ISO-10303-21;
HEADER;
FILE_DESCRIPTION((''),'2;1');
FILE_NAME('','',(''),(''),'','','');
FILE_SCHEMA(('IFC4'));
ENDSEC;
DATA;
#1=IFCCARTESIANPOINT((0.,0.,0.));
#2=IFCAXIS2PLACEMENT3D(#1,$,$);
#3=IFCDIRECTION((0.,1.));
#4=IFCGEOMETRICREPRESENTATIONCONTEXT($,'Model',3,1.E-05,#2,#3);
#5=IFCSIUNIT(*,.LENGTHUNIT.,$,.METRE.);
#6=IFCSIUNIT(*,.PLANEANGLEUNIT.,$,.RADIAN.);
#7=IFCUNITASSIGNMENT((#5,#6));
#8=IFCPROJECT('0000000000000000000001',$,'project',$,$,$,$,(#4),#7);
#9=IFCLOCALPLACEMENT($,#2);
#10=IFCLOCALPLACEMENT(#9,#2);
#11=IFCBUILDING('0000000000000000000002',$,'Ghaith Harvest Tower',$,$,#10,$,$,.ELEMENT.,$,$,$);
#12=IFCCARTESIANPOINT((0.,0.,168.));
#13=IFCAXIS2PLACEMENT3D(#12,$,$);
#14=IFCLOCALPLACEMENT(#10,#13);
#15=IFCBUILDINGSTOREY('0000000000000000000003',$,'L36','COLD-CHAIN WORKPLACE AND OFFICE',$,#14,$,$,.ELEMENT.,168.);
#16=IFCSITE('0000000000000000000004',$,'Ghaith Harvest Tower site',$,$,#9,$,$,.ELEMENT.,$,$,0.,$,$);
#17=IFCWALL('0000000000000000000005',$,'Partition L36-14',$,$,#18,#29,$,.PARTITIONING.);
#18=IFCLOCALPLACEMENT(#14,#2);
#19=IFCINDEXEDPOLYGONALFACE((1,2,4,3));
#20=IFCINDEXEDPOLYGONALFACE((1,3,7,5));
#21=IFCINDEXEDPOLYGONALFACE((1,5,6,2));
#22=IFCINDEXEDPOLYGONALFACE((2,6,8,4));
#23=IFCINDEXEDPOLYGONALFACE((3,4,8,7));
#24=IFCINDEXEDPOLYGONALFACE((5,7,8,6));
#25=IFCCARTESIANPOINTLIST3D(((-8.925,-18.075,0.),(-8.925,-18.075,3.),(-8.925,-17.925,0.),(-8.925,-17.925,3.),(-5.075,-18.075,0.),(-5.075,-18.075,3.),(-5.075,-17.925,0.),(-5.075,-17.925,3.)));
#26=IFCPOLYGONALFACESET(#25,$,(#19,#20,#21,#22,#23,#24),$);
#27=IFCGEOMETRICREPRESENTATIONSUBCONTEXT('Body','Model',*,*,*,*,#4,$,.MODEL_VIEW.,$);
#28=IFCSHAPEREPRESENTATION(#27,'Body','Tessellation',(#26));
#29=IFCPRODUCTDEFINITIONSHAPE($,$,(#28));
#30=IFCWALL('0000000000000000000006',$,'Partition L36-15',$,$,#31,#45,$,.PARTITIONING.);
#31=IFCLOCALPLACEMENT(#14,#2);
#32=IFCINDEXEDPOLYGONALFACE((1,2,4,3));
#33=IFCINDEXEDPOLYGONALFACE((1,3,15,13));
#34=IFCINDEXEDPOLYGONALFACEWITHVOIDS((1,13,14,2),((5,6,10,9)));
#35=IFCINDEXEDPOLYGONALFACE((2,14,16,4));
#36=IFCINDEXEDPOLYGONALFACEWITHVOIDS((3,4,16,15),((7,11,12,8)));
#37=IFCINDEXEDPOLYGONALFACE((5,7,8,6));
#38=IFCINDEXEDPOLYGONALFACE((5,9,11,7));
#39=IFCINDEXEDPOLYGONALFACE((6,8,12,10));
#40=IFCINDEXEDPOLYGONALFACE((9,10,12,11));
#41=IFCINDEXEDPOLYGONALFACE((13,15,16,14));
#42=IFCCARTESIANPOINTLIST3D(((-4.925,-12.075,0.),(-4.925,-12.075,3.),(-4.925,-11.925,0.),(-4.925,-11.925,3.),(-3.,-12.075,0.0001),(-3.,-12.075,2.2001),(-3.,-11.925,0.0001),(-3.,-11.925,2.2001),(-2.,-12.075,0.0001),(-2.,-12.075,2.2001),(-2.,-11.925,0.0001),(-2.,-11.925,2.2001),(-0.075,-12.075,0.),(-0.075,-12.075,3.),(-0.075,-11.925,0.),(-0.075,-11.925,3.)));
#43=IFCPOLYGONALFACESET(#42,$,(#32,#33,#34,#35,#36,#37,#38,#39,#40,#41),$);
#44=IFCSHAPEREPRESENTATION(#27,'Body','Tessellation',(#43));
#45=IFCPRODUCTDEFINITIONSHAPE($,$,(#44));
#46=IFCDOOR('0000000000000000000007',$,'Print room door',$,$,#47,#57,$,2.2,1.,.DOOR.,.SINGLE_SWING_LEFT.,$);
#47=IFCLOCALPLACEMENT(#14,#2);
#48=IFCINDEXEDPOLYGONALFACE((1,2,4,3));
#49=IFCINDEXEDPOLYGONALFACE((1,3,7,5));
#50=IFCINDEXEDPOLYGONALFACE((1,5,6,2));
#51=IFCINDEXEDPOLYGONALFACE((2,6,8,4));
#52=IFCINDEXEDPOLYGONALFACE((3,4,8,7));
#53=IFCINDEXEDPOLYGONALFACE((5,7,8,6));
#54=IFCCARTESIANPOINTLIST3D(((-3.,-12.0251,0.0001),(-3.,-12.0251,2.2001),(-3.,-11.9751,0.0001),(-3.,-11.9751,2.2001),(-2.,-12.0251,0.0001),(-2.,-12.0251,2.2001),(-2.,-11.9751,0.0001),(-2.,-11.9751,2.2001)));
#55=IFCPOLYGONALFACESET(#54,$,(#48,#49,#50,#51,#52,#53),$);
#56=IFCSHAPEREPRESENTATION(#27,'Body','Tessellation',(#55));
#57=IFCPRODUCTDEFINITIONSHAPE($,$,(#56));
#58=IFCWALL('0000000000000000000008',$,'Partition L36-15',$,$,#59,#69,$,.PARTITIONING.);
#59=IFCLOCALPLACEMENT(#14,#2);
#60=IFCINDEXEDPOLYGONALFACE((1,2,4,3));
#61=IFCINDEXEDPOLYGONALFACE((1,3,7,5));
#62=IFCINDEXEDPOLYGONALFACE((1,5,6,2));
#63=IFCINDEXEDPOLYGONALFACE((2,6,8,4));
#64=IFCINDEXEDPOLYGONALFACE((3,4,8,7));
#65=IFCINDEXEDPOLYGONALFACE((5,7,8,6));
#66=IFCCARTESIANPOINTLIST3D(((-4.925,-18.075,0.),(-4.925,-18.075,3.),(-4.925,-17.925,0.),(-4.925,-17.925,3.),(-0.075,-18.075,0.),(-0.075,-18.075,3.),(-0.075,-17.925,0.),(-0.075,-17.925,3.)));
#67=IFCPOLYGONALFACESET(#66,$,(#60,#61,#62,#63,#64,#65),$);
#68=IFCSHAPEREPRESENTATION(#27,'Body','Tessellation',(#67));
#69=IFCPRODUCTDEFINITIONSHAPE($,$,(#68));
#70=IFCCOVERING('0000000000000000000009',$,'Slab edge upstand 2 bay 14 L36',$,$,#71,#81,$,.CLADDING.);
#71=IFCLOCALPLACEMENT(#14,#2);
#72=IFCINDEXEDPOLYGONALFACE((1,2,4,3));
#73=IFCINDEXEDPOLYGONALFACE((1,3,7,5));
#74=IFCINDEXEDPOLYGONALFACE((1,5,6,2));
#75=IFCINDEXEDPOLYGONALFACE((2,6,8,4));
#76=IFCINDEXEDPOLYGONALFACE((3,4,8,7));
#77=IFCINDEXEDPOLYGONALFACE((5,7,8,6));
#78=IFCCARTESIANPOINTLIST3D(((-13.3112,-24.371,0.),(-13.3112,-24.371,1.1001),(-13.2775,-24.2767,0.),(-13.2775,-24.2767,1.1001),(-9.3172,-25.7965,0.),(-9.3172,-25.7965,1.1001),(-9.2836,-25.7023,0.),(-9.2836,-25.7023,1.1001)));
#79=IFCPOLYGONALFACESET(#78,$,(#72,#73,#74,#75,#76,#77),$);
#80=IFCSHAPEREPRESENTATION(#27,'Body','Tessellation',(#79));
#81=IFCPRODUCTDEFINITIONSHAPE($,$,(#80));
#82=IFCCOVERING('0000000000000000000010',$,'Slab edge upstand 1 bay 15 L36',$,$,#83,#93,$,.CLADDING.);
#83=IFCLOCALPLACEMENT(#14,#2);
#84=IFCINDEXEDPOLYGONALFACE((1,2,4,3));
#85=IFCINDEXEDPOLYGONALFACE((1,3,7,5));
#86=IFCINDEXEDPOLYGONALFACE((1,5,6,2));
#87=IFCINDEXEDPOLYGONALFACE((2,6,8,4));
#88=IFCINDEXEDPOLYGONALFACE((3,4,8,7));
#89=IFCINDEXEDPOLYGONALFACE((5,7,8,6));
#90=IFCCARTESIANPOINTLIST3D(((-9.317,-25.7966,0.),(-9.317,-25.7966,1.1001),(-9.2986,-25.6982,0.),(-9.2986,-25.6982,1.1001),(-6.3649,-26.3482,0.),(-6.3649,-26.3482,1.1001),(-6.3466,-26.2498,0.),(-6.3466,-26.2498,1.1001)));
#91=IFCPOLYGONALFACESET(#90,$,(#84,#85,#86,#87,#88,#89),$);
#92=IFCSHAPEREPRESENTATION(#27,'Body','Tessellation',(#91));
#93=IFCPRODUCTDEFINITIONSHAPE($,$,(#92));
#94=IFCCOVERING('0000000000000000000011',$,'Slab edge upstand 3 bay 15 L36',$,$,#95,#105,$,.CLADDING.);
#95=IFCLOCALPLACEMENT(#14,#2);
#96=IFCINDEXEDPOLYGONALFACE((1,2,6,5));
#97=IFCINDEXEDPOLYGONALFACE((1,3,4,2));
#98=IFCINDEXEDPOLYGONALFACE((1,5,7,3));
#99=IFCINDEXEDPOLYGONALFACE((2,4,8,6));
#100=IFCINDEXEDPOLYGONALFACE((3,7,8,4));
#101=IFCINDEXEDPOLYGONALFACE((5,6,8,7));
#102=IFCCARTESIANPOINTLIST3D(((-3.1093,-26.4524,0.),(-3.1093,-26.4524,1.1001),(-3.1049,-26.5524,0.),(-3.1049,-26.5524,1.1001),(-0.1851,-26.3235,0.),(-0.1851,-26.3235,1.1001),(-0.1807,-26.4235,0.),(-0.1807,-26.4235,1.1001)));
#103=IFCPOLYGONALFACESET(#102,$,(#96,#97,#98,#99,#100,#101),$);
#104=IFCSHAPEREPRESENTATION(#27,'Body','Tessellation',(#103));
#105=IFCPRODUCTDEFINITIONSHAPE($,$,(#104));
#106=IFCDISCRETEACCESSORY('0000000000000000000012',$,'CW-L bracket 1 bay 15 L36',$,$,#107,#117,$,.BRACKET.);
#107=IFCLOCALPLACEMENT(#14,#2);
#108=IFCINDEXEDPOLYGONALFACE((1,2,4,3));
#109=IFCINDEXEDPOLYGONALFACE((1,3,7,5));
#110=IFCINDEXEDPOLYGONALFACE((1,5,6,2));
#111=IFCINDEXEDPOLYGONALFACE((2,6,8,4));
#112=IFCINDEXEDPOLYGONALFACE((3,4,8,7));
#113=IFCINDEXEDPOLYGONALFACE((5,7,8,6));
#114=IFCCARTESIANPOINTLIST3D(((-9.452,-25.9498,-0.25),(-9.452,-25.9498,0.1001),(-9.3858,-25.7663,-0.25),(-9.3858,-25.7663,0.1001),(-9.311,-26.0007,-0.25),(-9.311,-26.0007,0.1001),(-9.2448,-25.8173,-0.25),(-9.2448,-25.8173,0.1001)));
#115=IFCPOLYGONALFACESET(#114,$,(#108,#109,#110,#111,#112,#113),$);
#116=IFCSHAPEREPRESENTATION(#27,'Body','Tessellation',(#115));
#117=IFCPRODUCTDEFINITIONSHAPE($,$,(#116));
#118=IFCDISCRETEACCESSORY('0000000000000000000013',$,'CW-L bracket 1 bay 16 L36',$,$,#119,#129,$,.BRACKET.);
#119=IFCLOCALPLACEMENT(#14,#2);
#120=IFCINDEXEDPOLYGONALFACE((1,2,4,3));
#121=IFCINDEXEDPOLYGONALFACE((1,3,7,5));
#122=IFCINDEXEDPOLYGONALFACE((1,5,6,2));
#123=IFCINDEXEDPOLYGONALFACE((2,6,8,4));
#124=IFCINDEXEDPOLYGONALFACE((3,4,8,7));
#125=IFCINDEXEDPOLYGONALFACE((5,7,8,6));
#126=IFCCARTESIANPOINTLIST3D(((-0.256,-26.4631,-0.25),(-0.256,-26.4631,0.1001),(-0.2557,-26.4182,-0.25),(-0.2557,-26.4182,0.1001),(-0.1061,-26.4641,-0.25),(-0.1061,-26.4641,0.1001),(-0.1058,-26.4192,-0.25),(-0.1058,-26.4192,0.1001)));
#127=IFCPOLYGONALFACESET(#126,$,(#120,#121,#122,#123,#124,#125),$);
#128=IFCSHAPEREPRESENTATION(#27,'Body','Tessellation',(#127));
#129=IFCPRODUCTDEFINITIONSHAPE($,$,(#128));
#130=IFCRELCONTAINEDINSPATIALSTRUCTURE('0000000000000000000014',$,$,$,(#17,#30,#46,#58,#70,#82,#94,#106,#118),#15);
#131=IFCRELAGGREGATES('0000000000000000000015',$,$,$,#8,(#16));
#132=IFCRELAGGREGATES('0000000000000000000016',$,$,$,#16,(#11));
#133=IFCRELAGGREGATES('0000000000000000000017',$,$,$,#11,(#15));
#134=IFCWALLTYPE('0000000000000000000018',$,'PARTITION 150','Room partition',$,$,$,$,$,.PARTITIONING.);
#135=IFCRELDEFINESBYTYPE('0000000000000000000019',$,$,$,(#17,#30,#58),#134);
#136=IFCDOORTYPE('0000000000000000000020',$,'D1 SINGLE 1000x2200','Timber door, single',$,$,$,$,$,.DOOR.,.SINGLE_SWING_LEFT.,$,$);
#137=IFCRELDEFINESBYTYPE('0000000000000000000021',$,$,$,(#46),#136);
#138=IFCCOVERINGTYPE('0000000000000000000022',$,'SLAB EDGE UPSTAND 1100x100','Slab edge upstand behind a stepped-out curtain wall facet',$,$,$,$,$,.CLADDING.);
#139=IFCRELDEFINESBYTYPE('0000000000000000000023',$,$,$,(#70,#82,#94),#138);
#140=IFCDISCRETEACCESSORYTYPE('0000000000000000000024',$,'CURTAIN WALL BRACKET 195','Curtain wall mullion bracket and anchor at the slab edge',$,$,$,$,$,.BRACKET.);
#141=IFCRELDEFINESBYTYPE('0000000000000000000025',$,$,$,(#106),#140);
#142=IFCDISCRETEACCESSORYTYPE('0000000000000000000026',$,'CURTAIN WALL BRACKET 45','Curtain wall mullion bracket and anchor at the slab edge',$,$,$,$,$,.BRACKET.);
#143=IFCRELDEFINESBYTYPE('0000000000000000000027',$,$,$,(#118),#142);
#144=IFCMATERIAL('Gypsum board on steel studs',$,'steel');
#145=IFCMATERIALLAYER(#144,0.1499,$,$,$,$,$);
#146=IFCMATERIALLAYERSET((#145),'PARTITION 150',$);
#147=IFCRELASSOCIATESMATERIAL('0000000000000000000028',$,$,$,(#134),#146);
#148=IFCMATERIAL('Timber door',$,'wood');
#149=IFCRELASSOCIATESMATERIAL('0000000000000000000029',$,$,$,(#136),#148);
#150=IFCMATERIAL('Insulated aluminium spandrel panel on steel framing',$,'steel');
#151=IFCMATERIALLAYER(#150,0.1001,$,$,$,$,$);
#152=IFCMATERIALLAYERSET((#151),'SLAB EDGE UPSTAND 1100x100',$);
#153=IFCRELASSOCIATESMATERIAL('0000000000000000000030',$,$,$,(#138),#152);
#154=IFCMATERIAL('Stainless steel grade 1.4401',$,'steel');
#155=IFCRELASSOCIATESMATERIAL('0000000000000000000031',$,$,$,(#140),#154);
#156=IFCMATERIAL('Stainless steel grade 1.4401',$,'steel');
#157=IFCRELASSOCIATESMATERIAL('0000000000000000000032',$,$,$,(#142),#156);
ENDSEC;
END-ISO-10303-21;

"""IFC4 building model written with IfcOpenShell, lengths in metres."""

from ifc_helpers import new_model, si_unit, direction, frame, frame_2d, origin, origin_2d, place, context, subcontext, project, spatial, rectangle, extrude, material, layer, layer_set, type_object, element, fill, save


model = new_model("IFC4")

# Units and contexts
model_context = context("Model", 3, precision=1e-05, world=origin(), true_north=direction((0.0, 1.0)))
body_context = subcontext(model_context, "Body", "Model", "MODEL_VIEW")
ifc_project = project(units=[si_unit("LENGTHUNIT", "METRE"), si_unit("PLANEANGLEUNIT", "RADIAN")], contexts=[model_context])

# Site, building, storey
site_placement = place(None, origin())
site = spatial("IfcSite", under=ifc_project, at=site_placement, Name="Ghaith Harvest Tower site", CompositionType="ELEMENT", RefElevation=0.0)
building_placement = place(site_placement, origin())
building = spatial("IfcBuilding", under=site, at=building_placement, Name="Ghaith Harvest Tower", CompositionType="ELEMENT")
storey_placement = place(building_placement, frame((0.0, 0.0, 168.0)))
storey = spatial("IfcBuildingStorey", under=building, at=storey_placement, Name="L36", Description="COLD-CHAIN WORKPLACE AND OFFICE", CompositionType="ELEMENT", Elevation=168.0)

# Shared definitions
ifc_material_1 = material(Name="Gypsum board on steel studs", Category="steel")
ifc_layer_1 = layer(ifc_material_1, 0.1499)
ifc_layer_set_1 = layer_set([ifc_layer_1], Name="PARTITION 150")
wall_type = type_object("IfcWallType", Name="PARTITION 150", Description="Room partition", PredefinedType="PARTITIONING", material=ifc_layer_set_1)

# Wall
wall_1_placement = place(storey_placement, frame((-8.925, -18.0, 0.0), z_axis=(0.0, 0.0, 1.0), x_axis=(1.0, 0.0, 0.0)))
element("IfcWall", 1, at=wall_1_placement, inside=storey, type_object=wall_type, Name="Partition L36-14", PredefinedType="PARTITIONING", context=body_context, shape_type="SweptSolid", body=[
    extrude(rectangle(XDim=3.8501, YDim=0.1499, at=frame_2d((1.925, 0.0))), origin(), (0.0, 0.0, 1.0), 3.0),
])

# Wall, opening, door
wall_2_placement = place(storey_placement, frame((-4.925, -12.0, 0.0), z_axis=(0.0, 0.0, 1.0), x_axis=(1.0, 0.0, 0.0)))
wall_2 = element("IfcWall", 2, at=wall_2_placement, inside=storey, type_object=wall_type, Name="Partition L36-15", PredefinedType="PARTITIONING", context=body_context, shape_type="SweptSolid", body=[
    extrude(rectangle(XDim=4.8501, YDim=0.1499, at=frame_2d((2.425, 0.0))), origin(), (0.0, 0.0, 1.0), 3.0),
])
opening_1_placement = place(wall_2_placement, frame((1.925, 0.0, 0.0)))
opening_1 = element("IfcOpeningElement", 3, at=opening_1_placement, cuts=wall_2, PredefinedType="OPENING", context=body_context, shape_type="SweptSolid", body=[
    extrude(rectangle(XDim=1.0, YDim=2.2, at=frame_2d((0.5, 1.1001))), frame((0.0, 0.085, 0.0), z_axis=(0.0, -1.0, 0.0), x_axis=(1.0, 0.0, 0.0)), (0.0, 0.0, 1.0), 0.1699),
])
ifc_material_2 = material(Name="Timber door", Category="wood")
door_type_1 = type_object("IfcDoorType", Name="D1 SINGLE 1000x2200", Description="Timber door, single", OperationType="SINGLE_SWING_LEFT", PredefinedType="DOOR", material=ifc_material_2)
door_1_placement = place(opening_1_placement, origin())
door_1 = element("IfcDoor", 4, at=door_1_placement, inside=storey, type_object=door_type_1, Name="Print room door", OperationType="SINGLE_SWING_LEFT", OverallHeight=2.2, OverallWidth=1.0, PredefinedType="DOOR", context=body_context, shape_type="SweptSolid", body=[
    extrude(rectangle(XDim=1.0, YDim=2.2, at=frame_2d((0.5, 1.1001))), frame((0.0, 0.0249, 0.0), z_axis=(0.0, -1.0, 0.0), x_axis=(1.0, 0.0, 0.0)), (0.0, 0.0, 1.0), 0.05),
])
fill(opening_1, door_1)

# Wall
wall_3_placement = place(storey_placement, frame((-4.925, -18.0, 0.0), z_axis=(0.0, 0.0, 1.0), x_axis=(1.0, 0.0, 0.0)))
element("IfcWall", 5, at=wall_3_placement, inside=storey, type_object=wall_type, Name="Partition L36-15", PredefinedType="PARTITIONING", context=body_context, shape_type="SweptSolid", body=[
    extrude(rectangle(XDim=4.8501, YDim=0.1499, at=frame_2d((2.425, 0.0))), origin(), (0.0, 0.0, 1.0), 3.0),
])

# Coverings
ifc_material_3 = material(Name="Insulated aluminium spandrel panel on steel framing", Category="steel")
ifc_layer_2 = layer(ifc_material_3, 0.1001)
ifc_layer_set_2 = layer_set([ifc_layer_2], Name="SLAB EDGE UPSTAND 1100x100")
covering_type = type_object("IfcCoveringType", Name="SLAB EDGE UPSTAND 1100x100", Description="Slab edge upstand behind a stepped-out curtain wall facet", PredefinedType="CLADDING", material=ifc_layer_set_2)
covering_1_placement = place(storey_placement, frame((-11.2974, -25.0366, 0.0), z_axis=(0.0, 0.0, 1.0), x_axis=(0.941807, -0.336154, 0.0)))
element("IfcCovering", 6, at=covering_1_placement, inside=storey, type_object=covering_type, Name="Slab edge upstand 2 bay 14 L36", PredefinedType="CLADDING", context=body_context, shape_type="SweptSolid", body=[
    extrude(rectangle(XDim=4.2407, YDim=0.1001, at=origin_2d()), origin(), (0.0, 0.0, 1.0), 1.1001),
])
covering_2_placement = place(storey_placement, frame((-7.8318, -26.0232, 0.0), z_axis=(0.0, 0.0, 1.0), x_axis=(0.98299, -0.183659, 0.0)))
element("IfcCovering", 7, at=covering_2_placement, inside=storey, type_object=covering_type, Name="Slab edge upstand 1 bay 15 L36", PredefinedType="CLADDING", context=body_context, shape_type="SweptSolid", body=[
    extrude(rectangle(XDim=3.0032, YDim=0.1001, at=origin_2d()), origin(), (0.0, 0.0, 1.0), 1.1001),
])
covering_3_placement = place(storey_placement, frame((-1.645, -26.438, 0.0), z_axis=(0.0, 0.0, 1.0), x_axis=(0.99903, 0.044045, 0.0)))
element("IfcCovering", 8, at=covering_3_placement, inside=storey, type_object=covering_type, Name="Slab edge upstand 3 bay 15 L36", PredefinedType="CLADDING", context=body_context, shape_type="SweptSolid", body=[
    extrude(rectangle(XDim=2.927, YDim=0.1001, at=origin_2d()), origin(), (0.0, 0.0, 1.0), 1.1001),
])

# Discrete accessories
ifc_material_4 = material(Name="Stainless steel grade 1.4401", Category="steel")
discrete_accessory_type_1 = type_object("IfcDiscreteAccessoryType", Name="CURTAIN WALL BRACKET 195", Description="Curtain wall mullion bracket and anchor at the slab edge", PredefinedType="BRACKET", material=ifc_material_4)
discrete_accessory_1_placement = place(storey_placement, frame((-9.3484, -25.8835, -0.25), z_axis=(0.0, 0.0, 1.0), x_axis=(-0.339699, -0.940534, 0.0)))
element("IfcDiscreteAccessory", 9, at=discrete_accessory_1_placement, inside=storey, type_object=discrete_accessory_type_1, Name="CW-L bracket 1 bay 15 L36", PredefinedType="BRACKET", context=body_context, shape_type="SweptSolid", body=[
    extrude(rectangle(XDim=0.1951, YDim=0.1499, at=origin_2d()), origin(), (0.0, 0.0, 1.0), 0.3501),
])
ifc_material_5 = material(Name="Stainless steel grade 1.4401", Category="steel")
discrete_accessory_type_2 = type_object("IfcDiscreteAccessoryType", Name="CURTAIN WALL BRACKET 45", Description="Curtain wall mullion bracket and anchor at the slab edge", PredefinedType="BRACKET", material=ifc_material_5)
discrete_accessory_2_placement = place(storey_placement, frame((-0.1809, -26.4412, -0.25), z_axis=(0.0, 0.0, 1.0), x_axis=(-0.006844, -0.999977, 0.0)))
element("IfcDiscreteAccessory", 10, at=discrete_accessory_2_placement, inside=storey, type_object=discrete_accessory_type_2, Name="CW-L bracket 1 bay 16 L36", PredefinedType="BRACKET", context=body_context, shape_type="SweptSolid", body=[
    extrude(rectangle(XDim=0.0449, YDim=0.1499, at=origin_2d()), origin(), (0.0, 0.0, 1.0), 0.3501),
])

save(model, "model.ifc")
